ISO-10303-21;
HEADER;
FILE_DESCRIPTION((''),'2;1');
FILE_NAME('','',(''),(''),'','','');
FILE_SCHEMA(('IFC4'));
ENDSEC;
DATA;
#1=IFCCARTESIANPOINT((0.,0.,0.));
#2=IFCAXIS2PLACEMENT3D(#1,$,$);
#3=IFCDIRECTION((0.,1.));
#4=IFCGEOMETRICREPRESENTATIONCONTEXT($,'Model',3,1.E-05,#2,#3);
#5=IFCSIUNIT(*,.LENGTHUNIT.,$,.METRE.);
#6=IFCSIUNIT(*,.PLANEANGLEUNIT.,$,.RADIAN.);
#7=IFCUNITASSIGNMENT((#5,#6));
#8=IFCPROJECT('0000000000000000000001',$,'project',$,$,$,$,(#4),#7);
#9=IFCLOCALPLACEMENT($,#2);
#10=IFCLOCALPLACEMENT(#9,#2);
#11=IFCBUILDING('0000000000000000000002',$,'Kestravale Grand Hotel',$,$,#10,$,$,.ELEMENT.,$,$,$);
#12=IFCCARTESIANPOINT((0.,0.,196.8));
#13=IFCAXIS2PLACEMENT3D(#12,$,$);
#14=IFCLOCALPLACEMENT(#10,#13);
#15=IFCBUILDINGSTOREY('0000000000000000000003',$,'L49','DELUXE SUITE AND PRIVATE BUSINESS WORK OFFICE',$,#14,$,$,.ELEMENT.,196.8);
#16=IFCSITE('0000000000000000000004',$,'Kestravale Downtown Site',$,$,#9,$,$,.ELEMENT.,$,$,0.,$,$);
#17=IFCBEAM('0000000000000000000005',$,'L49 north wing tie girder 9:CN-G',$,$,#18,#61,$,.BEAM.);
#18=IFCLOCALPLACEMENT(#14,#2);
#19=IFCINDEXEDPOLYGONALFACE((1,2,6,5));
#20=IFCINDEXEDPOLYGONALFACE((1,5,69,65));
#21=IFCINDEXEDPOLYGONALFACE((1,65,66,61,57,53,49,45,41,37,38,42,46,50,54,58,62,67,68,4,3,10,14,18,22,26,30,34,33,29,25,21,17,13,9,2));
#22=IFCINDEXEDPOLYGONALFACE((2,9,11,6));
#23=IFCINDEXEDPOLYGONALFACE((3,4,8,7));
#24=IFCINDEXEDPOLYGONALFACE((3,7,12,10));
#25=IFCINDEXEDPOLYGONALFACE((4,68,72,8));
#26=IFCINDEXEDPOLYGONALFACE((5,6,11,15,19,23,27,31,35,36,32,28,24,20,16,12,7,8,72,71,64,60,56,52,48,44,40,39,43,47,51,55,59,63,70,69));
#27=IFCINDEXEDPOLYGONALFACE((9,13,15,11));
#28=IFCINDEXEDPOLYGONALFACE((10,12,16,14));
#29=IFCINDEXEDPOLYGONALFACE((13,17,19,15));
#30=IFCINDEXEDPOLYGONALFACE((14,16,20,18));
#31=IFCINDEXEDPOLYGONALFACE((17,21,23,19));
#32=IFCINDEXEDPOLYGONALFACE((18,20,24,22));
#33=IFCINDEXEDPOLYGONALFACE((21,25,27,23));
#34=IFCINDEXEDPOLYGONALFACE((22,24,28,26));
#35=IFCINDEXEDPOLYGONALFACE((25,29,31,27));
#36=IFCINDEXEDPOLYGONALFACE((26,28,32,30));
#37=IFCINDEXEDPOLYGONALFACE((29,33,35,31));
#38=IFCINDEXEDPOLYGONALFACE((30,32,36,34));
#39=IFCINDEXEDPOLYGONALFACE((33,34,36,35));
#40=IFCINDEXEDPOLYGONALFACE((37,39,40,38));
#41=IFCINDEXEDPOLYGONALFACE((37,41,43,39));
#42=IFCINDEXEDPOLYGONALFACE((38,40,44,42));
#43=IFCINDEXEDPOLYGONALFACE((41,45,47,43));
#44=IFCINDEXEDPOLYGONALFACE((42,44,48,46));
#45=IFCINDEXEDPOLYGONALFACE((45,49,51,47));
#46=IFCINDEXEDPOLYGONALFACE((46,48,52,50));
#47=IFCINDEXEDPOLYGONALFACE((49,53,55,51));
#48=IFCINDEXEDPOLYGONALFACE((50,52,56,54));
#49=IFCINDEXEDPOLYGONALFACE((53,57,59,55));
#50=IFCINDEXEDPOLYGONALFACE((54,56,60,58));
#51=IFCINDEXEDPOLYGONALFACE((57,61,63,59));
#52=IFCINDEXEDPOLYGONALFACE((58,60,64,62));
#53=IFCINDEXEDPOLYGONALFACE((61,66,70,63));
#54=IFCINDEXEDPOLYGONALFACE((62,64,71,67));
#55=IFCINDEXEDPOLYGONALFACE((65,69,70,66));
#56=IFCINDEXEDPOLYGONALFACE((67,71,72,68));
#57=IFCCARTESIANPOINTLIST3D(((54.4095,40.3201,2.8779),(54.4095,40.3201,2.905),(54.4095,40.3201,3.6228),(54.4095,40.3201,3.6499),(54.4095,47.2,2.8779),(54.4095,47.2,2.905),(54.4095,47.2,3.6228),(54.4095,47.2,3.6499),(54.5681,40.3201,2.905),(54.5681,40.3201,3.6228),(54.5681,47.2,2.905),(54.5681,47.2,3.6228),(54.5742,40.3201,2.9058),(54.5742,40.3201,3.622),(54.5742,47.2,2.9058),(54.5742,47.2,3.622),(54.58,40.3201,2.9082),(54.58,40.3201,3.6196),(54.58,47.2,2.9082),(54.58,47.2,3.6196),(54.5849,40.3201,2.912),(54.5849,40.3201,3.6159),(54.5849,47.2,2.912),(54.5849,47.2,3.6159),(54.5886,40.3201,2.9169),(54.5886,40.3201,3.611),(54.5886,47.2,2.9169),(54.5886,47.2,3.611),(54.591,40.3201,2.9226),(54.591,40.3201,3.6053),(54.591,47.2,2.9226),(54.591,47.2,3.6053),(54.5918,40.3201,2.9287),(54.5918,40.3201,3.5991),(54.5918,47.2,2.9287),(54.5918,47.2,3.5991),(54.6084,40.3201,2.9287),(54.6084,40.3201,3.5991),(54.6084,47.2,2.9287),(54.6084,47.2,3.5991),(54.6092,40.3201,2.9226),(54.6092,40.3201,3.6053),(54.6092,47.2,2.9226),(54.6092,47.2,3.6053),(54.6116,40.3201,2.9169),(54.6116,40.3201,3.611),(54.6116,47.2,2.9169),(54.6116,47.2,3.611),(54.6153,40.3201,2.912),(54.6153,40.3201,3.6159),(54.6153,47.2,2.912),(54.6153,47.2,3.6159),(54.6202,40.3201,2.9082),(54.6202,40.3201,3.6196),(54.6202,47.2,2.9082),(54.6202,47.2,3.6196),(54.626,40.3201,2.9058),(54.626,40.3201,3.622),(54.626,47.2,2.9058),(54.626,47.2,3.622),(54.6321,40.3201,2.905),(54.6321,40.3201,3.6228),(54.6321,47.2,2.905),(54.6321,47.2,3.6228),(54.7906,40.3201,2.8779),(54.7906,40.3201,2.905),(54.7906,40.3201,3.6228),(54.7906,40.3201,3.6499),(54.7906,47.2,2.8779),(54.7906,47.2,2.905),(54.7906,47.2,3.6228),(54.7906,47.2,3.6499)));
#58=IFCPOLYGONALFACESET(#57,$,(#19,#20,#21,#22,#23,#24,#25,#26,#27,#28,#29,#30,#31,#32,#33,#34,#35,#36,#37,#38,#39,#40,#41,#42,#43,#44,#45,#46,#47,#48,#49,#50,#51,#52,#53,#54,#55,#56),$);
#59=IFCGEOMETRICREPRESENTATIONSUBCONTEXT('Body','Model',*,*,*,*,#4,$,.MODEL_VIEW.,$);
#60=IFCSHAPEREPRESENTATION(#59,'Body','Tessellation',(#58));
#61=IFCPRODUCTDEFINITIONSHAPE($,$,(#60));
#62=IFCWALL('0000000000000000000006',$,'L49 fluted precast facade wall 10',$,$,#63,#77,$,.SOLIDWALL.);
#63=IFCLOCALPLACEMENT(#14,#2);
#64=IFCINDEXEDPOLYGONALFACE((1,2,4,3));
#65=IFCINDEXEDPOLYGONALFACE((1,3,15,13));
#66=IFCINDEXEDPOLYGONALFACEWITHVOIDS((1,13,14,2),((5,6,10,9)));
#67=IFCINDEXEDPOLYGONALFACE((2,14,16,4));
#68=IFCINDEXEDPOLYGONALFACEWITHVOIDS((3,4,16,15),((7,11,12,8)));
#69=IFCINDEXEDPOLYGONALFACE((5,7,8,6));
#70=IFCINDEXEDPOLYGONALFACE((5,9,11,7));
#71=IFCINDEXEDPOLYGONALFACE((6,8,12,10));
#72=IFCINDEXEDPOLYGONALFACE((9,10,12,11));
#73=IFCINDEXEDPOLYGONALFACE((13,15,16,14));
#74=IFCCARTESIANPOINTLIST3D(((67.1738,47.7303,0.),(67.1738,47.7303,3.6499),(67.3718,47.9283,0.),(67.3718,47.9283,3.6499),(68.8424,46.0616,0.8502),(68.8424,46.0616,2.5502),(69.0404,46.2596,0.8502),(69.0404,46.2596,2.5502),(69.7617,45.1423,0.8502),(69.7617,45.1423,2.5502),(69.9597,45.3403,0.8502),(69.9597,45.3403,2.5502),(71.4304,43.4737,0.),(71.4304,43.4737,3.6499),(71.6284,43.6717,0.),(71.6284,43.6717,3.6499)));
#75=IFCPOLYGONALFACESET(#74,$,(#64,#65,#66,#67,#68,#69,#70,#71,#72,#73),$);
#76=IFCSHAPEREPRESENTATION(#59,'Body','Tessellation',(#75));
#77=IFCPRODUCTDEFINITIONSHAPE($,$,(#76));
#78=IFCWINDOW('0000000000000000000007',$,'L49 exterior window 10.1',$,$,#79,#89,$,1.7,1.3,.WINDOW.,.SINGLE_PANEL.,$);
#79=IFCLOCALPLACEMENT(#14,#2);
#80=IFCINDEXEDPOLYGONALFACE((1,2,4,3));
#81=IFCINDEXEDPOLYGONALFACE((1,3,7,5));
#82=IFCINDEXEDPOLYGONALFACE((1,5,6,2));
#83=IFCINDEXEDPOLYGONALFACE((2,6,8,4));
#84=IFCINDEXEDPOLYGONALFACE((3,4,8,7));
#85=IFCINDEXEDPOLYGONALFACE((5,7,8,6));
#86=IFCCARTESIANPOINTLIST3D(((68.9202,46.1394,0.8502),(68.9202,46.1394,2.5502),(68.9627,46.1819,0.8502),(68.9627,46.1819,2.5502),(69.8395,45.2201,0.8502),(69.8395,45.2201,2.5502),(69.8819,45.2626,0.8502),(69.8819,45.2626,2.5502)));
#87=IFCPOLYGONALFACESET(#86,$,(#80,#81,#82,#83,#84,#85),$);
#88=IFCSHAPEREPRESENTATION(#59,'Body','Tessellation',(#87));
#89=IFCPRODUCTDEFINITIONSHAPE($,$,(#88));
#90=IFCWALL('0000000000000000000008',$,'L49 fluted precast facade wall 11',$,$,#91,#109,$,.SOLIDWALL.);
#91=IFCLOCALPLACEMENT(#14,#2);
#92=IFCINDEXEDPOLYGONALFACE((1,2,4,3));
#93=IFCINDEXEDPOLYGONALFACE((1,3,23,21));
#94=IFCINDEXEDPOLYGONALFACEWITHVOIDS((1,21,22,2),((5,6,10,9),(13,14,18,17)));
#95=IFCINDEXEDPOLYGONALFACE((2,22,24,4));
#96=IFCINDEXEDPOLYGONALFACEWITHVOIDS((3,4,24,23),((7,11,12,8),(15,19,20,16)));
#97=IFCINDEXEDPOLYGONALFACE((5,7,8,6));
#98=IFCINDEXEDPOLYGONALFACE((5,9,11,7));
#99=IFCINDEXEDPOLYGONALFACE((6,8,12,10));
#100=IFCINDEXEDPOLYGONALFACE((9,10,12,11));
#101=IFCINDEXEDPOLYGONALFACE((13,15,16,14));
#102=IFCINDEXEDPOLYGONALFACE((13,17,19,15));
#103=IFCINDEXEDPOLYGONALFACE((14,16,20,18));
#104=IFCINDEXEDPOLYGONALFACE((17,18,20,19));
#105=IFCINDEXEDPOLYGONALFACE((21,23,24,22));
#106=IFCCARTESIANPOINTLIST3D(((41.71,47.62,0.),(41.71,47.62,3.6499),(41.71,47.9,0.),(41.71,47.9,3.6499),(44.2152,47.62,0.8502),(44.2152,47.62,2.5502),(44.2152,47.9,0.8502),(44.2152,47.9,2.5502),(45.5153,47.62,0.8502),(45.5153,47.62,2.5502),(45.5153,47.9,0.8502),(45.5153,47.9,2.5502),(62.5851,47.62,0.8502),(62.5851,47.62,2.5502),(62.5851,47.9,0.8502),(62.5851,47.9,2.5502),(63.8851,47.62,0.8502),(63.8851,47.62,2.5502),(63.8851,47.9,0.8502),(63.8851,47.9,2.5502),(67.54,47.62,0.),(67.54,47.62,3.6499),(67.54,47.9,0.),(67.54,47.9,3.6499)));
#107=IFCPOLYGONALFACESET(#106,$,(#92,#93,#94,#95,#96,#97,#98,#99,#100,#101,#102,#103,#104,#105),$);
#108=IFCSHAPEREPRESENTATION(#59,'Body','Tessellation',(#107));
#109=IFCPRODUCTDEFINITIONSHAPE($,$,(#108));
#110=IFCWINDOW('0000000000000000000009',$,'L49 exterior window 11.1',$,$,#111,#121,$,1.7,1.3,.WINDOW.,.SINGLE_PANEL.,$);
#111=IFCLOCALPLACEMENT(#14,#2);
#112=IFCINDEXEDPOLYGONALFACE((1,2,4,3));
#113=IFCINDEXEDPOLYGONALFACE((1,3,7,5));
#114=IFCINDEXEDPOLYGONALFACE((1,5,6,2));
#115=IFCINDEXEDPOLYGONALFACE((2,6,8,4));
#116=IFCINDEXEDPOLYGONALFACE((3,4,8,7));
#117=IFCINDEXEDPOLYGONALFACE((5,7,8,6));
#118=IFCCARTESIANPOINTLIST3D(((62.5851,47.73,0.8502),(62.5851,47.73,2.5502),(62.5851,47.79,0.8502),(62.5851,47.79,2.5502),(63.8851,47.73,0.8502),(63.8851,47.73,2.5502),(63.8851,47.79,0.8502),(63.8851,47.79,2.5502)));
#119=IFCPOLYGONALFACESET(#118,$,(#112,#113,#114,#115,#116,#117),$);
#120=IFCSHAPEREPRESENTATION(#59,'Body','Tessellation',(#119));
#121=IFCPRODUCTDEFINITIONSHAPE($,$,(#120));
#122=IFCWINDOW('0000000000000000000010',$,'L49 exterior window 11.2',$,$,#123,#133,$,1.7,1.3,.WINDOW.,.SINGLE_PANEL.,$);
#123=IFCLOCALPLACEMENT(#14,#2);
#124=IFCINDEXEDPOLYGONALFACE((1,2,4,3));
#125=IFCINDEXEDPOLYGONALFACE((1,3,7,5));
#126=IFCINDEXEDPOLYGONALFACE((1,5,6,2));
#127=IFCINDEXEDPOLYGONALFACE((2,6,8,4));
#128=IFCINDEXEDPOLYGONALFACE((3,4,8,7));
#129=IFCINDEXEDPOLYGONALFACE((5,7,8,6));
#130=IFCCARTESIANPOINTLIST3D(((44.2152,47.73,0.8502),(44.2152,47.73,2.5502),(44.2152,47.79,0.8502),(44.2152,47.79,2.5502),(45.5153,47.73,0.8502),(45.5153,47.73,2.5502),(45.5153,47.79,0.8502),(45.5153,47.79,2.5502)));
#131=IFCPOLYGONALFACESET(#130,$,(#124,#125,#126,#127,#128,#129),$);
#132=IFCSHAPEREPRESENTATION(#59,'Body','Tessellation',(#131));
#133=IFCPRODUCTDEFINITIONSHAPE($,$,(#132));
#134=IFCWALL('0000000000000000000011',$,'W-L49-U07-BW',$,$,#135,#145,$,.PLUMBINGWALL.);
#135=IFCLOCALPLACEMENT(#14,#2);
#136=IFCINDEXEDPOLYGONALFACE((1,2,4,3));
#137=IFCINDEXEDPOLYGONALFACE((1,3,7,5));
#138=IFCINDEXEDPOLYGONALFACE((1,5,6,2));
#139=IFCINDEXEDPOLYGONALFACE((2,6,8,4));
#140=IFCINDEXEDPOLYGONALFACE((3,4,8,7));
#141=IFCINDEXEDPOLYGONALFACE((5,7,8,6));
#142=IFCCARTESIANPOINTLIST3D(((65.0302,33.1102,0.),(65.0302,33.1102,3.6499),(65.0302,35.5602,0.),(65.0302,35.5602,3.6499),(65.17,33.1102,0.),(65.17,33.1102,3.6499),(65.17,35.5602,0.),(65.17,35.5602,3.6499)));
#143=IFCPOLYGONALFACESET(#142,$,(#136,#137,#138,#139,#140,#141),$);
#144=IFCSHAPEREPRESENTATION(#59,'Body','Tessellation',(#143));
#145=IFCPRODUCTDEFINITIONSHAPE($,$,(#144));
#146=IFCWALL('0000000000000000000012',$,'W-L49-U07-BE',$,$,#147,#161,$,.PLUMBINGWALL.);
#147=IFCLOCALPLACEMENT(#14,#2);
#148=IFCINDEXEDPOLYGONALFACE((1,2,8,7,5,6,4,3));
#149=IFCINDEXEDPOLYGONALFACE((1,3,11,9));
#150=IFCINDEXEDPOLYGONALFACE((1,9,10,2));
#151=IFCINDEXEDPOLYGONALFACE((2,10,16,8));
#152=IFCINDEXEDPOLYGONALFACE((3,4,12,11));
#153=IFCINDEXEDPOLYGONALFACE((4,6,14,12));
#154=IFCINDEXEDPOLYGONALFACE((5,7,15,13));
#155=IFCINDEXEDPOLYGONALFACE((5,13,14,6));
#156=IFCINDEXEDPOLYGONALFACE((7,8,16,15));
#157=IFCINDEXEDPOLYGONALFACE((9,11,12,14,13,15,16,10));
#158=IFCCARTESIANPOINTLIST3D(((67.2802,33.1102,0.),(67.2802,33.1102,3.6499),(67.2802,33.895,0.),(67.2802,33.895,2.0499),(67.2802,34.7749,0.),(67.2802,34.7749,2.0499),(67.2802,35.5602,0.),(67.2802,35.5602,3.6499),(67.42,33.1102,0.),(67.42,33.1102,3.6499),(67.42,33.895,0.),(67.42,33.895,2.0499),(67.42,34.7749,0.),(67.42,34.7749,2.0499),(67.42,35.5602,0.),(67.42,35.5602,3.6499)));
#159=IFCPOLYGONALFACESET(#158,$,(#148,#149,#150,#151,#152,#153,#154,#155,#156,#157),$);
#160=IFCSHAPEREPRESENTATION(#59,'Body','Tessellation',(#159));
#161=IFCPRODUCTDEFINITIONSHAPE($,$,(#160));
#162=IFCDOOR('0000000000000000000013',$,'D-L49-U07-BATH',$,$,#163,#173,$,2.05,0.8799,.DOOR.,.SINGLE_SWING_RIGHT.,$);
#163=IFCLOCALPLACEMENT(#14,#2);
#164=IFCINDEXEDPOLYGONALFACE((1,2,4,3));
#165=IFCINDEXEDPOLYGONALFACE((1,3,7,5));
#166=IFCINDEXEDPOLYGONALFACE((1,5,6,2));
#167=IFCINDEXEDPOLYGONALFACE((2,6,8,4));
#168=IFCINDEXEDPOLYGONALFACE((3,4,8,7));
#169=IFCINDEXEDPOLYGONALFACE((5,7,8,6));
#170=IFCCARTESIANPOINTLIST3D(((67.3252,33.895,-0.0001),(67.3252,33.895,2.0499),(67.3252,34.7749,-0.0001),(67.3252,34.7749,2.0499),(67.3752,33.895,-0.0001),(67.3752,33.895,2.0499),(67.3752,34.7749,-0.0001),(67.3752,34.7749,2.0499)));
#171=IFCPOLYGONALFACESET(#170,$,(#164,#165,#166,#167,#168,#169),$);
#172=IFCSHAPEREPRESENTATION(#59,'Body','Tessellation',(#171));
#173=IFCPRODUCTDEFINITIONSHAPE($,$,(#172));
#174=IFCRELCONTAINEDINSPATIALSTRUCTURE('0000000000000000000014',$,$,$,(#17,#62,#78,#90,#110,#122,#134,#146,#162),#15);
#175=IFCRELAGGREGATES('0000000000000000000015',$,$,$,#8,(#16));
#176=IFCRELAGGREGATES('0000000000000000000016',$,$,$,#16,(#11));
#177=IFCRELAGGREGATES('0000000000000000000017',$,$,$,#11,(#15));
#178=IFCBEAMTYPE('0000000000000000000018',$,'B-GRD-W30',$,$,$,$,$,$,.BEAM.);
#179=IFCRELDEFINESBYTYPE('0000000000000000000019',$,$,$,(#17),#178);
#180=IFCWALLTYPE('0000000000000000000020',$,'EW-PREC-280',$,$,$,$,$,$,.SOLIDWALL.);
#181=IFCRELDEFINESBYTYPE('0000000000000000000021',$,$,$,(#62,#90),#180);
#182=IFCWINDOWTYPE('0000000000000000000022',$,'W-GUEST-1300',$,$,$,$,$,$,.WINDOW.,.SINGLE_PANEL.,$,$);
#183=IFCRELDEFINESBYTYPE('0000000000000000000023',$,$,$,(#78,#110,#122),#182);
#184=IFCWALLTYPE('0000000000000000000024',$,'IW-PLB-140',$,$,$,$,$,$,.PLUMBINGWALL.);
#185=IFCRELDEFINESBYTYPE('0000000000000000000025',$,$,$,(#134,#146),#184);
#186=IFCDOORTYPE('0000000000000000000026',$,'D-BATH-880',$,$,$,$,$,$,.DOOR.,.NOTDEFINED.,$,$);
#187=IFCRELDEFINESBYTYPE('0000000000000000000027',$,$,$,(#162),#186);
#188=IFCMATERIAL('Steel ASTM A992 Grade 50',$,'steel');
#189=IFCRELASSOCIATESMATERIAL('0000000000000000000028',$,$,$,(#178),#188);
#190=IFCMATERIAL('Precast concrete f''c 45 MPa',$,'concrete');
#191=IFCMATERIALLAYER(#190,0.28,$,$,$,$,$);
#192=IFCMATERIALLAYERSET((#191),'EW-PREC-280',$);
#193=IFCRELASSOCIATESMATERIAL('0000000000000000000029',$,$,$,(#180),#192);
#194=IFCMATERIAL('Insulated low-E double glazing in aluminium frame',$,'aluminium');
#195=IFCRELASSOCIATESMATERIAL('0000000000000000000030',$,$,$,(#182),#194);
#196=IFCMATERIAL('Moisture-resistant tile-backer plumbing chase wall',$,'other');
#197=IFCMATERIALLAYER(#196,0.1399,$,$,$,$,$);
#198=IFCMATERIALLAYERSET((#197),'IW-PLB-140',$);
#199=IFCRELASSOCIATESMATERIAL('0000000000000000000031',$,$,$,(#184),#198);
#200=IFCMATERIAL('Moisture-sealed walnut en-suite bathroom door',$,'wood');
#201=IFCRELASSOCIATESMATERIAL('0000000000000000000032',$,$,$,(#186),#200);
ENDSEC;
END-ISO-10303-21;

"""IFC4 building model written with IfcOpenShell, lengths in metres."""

from ifc_helpers import new_model, si_unit, direction, frame, frame_2d, origin, origin_2d, place, context, subcontext, project, spatial, rectangle, i_section, extrude, material, layer, layer_set, material_profile, profile_set, type_object, element, fill, save


model = new_model("IFC4")

# Units and contexts
model_context = context("Model", 3, precision=1e-05, world=origin(), true_north=direction((0.0, 1.0)))
body_context = subcontext(model_context, "Body", "Model", "MODEL_VIEW")
ifc_project = project(units=[si_unit("LENGTHUNIT", "METRE"), si_unit("PLANEANGLEUNIT", "RADIAN")], contexts=[model_context])

# Site, building, storey
site_placement = place(None, origin())
site = spatial("IfcSite", under=ifc_project, at=site_placement, Name="Kestravale Downtown Site", CompositionType="ELEMENT", RefElevation=0.0)
building_placement = place(site_placement, origin())
building = spatial("IfcBuilding", under=site, at=building_placement, Name="Kestravale Grand Hotel", CompositionType="ELEMENT")
storey_placement = place(building_placement, frame((0.0, 0.0, 196.8)))
storey = spatial("IfcBuildingStorey", under=building, at=storey_placement, Name="L49", Description="DELUXE SUITE AND PRIVATE BUSINESS WORK OFFICE", CompositionType="ELEMENT", Elevation=196.8)

# Beam
ifc_material_1 = material(Name="Steel ASTM A992 Grade 50", Category="steel")
ifc_material_profile_1 = material_profile(ifc_material_1, i_section(OverallWidth=0.3811, OverallDepth=0.772, WebThickness=0.0166, FlangeThickness=0.0271, FilletRadius=0.0237, at=origin_2d()))
ifc_profile_set_1 = profile_set([ifc_material_profile_1], Name="Steel ASTM A992 Grade 50")
beam_type_1 = type_object("IfcBeamType", Name="B-GRD-W30", PredefinedType="BEAM", material=ifc_profile_set_1)
beam_1_placement = place(storey_placement, frame((54.6001, 40.3201, 3.2639), z_axis=(0.0, 1.0, 0.0), x_axis=(-1.0, 0.0, 0.0)))
element("IfcBeam", 1, at=beam_1_placement, inside=storey, type_object=beam_type_1, Name="L49 north wing tie girder 9:CN-G", PredefinedType="BEAM", context=body_context, shape_type="SweptSolid", body=[
    extrude(i_section(OverallWidth=0.3811, OverallDepth=0.772, WebThickness=0.0166, FlangeThickness=0.0271, FilletRadius=0.0237, at=origin_2d()), origin(), (0.0, 0.0, 1.0), 6.8799),
])

# Wall, opening, window
ifc_material_2 = material(Name="Precast concrete f'c 45 MPa", Category="concrete")
ifc_layer_1 = layer(ifc_material_2, 0.28)
ifc_layer_set_1 = layer_set([ifc_layer_1], Name="EW-PREC-280")
wall_type_1 = type_object("IfcWallType", Name="EW-PREC-280", PredefinedType="SOLIDWALL", material=ifc_layer_set_1)
wall_1_placement = place(storey_placement, frame((71.5293, 43.5728, 0.0), z_axis=(0.0, 0.0, 1.0), x_axis=(-0.707107, 0.707107, 0.0)))
wall_1 = element("IfcWall", 2, at=wall_1_placement, inside=storey, type_object=wall_type_1, Name="L49 fluted precast facade wall 10", PredefinedType="SOLIDWALL", context=body_context, shape_type="SweptSolid", body=[
    extrude(rectangle(XDim=6.0198, YDim=0.28, at=frame_2d((3.0098, 0.0))), origin(), (0.0, 0.0, 1.0), 3.6499),
])
opening_1_placement = place(wall_1_placement, frame((2.3599, 0.0, 0.8501)))
opening_1 = element("IfcOpeningElement", 3, at=opening_1_placement, cuts=wall_1, PredefinedType="OPENING", context=body_context, shape_type="SweptSolid", body=[
    extrude(rectangle(XDim=1.3, YDim=1.7, at=frame_2d((0.6499, 0.8501))), frame((0.0, 0.1499, 0.0), z_axis=(0.0, -1.0, 0.0), x_axis=(1.0, 0.0, 0.0)), (0.0, 0.0, 1.0), 0.3),
])
ifc_material_3 = material(Name="Insulated low-E double glazing in aluminium frame", Category="aluminium")
window_type = type_object("IfcWindowType", Name="W-GUEST-1300", PartitioningType="SINGLE_PANEL", PredefinedType="WINDOW", material=ifc_material_3)
window_1_placement = place(opening_1_placement, origin())
window_1 = element("IfcWindow", 4, at=window_1_placement, inside=storey, type_object=window_type, Name="L49 exterior window 10.1", OverallHeight=1.7, OverallWidth=1.3, PartitioningType="SINGLE_PANEL", PredefinedType="WINDOW", context=body_context, shape_type="SweptSolid", body=[
    extrude(rectangle(XDim=1.3, YDim=1.7, at=frame_2d((0.6499, 0.8501))), frame((0.0, 0.03, 0.0), z_axis=(0.0, -1.0, 0.0), x_axis=(1.0, 0.0, 0.0)), (0.0, 0.0, 1.0), 0.0601),
])
fill(opening_1, window_1)

# Wall, openings, windows
wall_2_placement = place(storey_placement, frame((67.54, 47.76, 0.0), z_axis=(0.0, 0.0, 1.0), x_axis=(-1.0, 0.0, 0.0)))
wall_2 = element("IfcWall", 5, at=wall_2_placement, inside=storey, type_object=wall_type_1, Name="L49 fluted precast facade wall 11", PredefinedType="SOLIDWALL", context=body_context, shape_type="SweptSolid", body=[
    extrude(rectangle(XDim=25.8301, YDim=0.28, at=frame_2d((12.915, 0.0))), origin(), (0.0, 0.0, 1.0), 3.6499),
])
opening_2_placement = place(wall_2_placement, frame((3.655, 0.0, 0.8501)))
opening_2 = element("IfcOpeningElement", 6, at=opening_2_placement, cuts=wall_2, PredefinedType="OPENING", context=body_context, shape_type="SweptSolid", body=[
    extrude(rectangle(XDim=1.3, YDim=1.7, at=frame_2d((0.6499, 0.8501))), frame((0.0, 0.1499, 0.0), z_axis=(0.0, -1.0, 0.0), x_axis=(1.0, 0.0, 0.0)), (0.0, 0.0, 1.0), 0.3),
])
opening_3_placement = place(wall_2_placement, frame((22.0249, 0.0, 0.8501)))
opening_3 = element("IfcOpeningElement", 7, at=opening_3_placement, cuts=wall_2, PredefinedType="OPENING", context=body_context, shape_type="SweptSolid", body=[
    extrude(rectangle(XDim=1.3, YDim=1.7, at=frame_2d((0.6499, 0.8501))), frame((0.0, 0.1499, 0.0), z_axis=(0.0, -1.0, 0.0), x_axis=(1.0, 0.0, 0.0)), (0.0, 0.0, 1.0), 0.3),
])
window_2_placement = place(opening_2_placement, origin())
window_2 = element("IfcWindow", 8, at=window_2_placement, inside=storey, type_object=window_type, Name="L49 exterior window 11.1", OverallHeight=1.7, OverallWidth=1.3, PartitioningType="SINGLE_PANEL", PredefinedType="WINDOW", context=body_context, shape_type="SweptSolid", body=[
    extrude(rectangle(XDim=1.3, YDim=1.7, at=frame_2d((0.6499, 0.8501))), frame((0.0, 0.03, 0.0), z_axis=(0.0, -1.0, 0.0), x_axis=(1.0, 0.0, 0.0)), (0.0, 0.0, 1.0), 0.0601),
])
fill(opening_2, window_2)
window_3_placement = place(opening_3_placement, origin())
window_3 = element("IfcWindow", 9, at=window_3_placement, inside=storey, type_object=window_type, Name="L49 exterior window 11.2", OverallHeight=1.7, OverallWidth=1.3, PartitioningType="SINGLE_PANEL", PredefinedType="WINDOW", context=body_context, shape_type="SweptSolid", body=[
    extrude(rectangle(XDim=1.3, YDim=1.7, at=frame_2d((0.6499, 0.8501))), frame((0.0, 0.03, 0.0), z_axis=(0.0, -1.0, 0.0), x_axis=(1.0, 0.0, 0.0)), (0.0, 0.0, 1.0), 0.0601),
])
fill(opening_3, window_3)

# Wall
ifc_material_4 = material(Name="Moisture-resistant tile-backer plumbing chase wall", Category="other")
ifc_layer_2 = layer(ifc_material_4, 0.1399)
ifc_layer_set_2 = layer_set([ifc_layer_2], Name="IW-PLB-140")
wall_type_2 = type_object("IfcWallType", Name="IW-PLB-140", PredefinedType="PLUMBINGWALL", material=ifc_layer_set_2)
wall_3_placement = place(storey_placement, frame((65.1001, 33.1101, 0.0), z_axis=(0.0, 0.0, 1.0), x_axis=(0.0, 1.0, 0.0)))
element("IfcWall", 10, at=wall_3_placement, inside=storey, type_object=wall_type_2, Name="W-L49-U07-BW", PredefinedType="PLUMBINGWALL", context=body_context, shape_type="SweptSolid", body=[
    extrude(rectangle(XDim=2.45, YDim=0.1399, at=frame_2d((1.2251, 0.0))), origin(), (0.0, 0.0, 1.0), 3.6499),
])

# Wall, opening, door
wall_4_placement = place(storey_placement, frame((67.3501, 33.1101, 0.0), z_axis=(0.0, 0.0, 1.0), x_axis=(0.0, 1.0, 0.0)))
wall_4 = element("IfcWall", 11, at=wall_4_placement, inside=storey, type_object=wall_type_2, Name="W-L49-U07-BE", PredefinedType="PLUMBINGWALL", context=body_context, shape_type="SweptSolid", body=[
    extrude(rectangle(XDim=2.45, YDim=0.1399, at=frame_2d((1.2251, 0.0))), origin(), (0.0, 0.0, 1.0), 3.6499),
])
opening_4_placement = place(wall_4_placement, frame((0.7849, 0.0, 0.0)))
opening_4 = element("IfcOpeningElement", 12, at=opening_4_placement, cuts=wall_4, PredefinedType="OPENING", context=body_context, shape_type="SweptSolid", body=[
    extrude(rectangle(XDim=0.8799, YDim=2.05, at=frame_2d((0.4399, 1.0249))), frame((0.0, 0.0798, 0.0), z_axis=(0.0, -1.0, 0.0), x_axis=(1.0, 0.0, 0.0)), (0.0, 0.0, 1.0), 0.1599),
])
ifc_material_5 = material(Name="Moisture-sealed walnut en-suite bathroom door", Category="wood")
door_type_1 = type_object("IfcDoorType", Name="D-BATH-880", OperationType="NOTDEFINED", PredefinedType="DOOR", material=ifc_material_5)
door_1_placement = place(opening_4_placement, origin())
door_1 = element("IfcDoor", 13, at=door_1_placement, inside=storey, type_object=door_type_1, Name="D-L49-U07-BATH", OperationType="SINGLE_SWING_RIGHT", OverallHeight=2.05, OverallWidth=0.8799, PredefinedType="DOOR", context=body_context, shape_type="SweptSolid", body=[
    extrude(rectangle(XDim=0.8799, YDim=2.05, at=frame_2d((0.4399, 1.0249))), frame((0.0, 0.0249, 0.0), z_axis=(0.0, -1.0, 0.0), x_axis=(1.0, 0.0, 0.0)), (0.0, 0.0, 1.0), 0.05),
])
fill(opening_4, door_1)

save(model, "model.ifc")
